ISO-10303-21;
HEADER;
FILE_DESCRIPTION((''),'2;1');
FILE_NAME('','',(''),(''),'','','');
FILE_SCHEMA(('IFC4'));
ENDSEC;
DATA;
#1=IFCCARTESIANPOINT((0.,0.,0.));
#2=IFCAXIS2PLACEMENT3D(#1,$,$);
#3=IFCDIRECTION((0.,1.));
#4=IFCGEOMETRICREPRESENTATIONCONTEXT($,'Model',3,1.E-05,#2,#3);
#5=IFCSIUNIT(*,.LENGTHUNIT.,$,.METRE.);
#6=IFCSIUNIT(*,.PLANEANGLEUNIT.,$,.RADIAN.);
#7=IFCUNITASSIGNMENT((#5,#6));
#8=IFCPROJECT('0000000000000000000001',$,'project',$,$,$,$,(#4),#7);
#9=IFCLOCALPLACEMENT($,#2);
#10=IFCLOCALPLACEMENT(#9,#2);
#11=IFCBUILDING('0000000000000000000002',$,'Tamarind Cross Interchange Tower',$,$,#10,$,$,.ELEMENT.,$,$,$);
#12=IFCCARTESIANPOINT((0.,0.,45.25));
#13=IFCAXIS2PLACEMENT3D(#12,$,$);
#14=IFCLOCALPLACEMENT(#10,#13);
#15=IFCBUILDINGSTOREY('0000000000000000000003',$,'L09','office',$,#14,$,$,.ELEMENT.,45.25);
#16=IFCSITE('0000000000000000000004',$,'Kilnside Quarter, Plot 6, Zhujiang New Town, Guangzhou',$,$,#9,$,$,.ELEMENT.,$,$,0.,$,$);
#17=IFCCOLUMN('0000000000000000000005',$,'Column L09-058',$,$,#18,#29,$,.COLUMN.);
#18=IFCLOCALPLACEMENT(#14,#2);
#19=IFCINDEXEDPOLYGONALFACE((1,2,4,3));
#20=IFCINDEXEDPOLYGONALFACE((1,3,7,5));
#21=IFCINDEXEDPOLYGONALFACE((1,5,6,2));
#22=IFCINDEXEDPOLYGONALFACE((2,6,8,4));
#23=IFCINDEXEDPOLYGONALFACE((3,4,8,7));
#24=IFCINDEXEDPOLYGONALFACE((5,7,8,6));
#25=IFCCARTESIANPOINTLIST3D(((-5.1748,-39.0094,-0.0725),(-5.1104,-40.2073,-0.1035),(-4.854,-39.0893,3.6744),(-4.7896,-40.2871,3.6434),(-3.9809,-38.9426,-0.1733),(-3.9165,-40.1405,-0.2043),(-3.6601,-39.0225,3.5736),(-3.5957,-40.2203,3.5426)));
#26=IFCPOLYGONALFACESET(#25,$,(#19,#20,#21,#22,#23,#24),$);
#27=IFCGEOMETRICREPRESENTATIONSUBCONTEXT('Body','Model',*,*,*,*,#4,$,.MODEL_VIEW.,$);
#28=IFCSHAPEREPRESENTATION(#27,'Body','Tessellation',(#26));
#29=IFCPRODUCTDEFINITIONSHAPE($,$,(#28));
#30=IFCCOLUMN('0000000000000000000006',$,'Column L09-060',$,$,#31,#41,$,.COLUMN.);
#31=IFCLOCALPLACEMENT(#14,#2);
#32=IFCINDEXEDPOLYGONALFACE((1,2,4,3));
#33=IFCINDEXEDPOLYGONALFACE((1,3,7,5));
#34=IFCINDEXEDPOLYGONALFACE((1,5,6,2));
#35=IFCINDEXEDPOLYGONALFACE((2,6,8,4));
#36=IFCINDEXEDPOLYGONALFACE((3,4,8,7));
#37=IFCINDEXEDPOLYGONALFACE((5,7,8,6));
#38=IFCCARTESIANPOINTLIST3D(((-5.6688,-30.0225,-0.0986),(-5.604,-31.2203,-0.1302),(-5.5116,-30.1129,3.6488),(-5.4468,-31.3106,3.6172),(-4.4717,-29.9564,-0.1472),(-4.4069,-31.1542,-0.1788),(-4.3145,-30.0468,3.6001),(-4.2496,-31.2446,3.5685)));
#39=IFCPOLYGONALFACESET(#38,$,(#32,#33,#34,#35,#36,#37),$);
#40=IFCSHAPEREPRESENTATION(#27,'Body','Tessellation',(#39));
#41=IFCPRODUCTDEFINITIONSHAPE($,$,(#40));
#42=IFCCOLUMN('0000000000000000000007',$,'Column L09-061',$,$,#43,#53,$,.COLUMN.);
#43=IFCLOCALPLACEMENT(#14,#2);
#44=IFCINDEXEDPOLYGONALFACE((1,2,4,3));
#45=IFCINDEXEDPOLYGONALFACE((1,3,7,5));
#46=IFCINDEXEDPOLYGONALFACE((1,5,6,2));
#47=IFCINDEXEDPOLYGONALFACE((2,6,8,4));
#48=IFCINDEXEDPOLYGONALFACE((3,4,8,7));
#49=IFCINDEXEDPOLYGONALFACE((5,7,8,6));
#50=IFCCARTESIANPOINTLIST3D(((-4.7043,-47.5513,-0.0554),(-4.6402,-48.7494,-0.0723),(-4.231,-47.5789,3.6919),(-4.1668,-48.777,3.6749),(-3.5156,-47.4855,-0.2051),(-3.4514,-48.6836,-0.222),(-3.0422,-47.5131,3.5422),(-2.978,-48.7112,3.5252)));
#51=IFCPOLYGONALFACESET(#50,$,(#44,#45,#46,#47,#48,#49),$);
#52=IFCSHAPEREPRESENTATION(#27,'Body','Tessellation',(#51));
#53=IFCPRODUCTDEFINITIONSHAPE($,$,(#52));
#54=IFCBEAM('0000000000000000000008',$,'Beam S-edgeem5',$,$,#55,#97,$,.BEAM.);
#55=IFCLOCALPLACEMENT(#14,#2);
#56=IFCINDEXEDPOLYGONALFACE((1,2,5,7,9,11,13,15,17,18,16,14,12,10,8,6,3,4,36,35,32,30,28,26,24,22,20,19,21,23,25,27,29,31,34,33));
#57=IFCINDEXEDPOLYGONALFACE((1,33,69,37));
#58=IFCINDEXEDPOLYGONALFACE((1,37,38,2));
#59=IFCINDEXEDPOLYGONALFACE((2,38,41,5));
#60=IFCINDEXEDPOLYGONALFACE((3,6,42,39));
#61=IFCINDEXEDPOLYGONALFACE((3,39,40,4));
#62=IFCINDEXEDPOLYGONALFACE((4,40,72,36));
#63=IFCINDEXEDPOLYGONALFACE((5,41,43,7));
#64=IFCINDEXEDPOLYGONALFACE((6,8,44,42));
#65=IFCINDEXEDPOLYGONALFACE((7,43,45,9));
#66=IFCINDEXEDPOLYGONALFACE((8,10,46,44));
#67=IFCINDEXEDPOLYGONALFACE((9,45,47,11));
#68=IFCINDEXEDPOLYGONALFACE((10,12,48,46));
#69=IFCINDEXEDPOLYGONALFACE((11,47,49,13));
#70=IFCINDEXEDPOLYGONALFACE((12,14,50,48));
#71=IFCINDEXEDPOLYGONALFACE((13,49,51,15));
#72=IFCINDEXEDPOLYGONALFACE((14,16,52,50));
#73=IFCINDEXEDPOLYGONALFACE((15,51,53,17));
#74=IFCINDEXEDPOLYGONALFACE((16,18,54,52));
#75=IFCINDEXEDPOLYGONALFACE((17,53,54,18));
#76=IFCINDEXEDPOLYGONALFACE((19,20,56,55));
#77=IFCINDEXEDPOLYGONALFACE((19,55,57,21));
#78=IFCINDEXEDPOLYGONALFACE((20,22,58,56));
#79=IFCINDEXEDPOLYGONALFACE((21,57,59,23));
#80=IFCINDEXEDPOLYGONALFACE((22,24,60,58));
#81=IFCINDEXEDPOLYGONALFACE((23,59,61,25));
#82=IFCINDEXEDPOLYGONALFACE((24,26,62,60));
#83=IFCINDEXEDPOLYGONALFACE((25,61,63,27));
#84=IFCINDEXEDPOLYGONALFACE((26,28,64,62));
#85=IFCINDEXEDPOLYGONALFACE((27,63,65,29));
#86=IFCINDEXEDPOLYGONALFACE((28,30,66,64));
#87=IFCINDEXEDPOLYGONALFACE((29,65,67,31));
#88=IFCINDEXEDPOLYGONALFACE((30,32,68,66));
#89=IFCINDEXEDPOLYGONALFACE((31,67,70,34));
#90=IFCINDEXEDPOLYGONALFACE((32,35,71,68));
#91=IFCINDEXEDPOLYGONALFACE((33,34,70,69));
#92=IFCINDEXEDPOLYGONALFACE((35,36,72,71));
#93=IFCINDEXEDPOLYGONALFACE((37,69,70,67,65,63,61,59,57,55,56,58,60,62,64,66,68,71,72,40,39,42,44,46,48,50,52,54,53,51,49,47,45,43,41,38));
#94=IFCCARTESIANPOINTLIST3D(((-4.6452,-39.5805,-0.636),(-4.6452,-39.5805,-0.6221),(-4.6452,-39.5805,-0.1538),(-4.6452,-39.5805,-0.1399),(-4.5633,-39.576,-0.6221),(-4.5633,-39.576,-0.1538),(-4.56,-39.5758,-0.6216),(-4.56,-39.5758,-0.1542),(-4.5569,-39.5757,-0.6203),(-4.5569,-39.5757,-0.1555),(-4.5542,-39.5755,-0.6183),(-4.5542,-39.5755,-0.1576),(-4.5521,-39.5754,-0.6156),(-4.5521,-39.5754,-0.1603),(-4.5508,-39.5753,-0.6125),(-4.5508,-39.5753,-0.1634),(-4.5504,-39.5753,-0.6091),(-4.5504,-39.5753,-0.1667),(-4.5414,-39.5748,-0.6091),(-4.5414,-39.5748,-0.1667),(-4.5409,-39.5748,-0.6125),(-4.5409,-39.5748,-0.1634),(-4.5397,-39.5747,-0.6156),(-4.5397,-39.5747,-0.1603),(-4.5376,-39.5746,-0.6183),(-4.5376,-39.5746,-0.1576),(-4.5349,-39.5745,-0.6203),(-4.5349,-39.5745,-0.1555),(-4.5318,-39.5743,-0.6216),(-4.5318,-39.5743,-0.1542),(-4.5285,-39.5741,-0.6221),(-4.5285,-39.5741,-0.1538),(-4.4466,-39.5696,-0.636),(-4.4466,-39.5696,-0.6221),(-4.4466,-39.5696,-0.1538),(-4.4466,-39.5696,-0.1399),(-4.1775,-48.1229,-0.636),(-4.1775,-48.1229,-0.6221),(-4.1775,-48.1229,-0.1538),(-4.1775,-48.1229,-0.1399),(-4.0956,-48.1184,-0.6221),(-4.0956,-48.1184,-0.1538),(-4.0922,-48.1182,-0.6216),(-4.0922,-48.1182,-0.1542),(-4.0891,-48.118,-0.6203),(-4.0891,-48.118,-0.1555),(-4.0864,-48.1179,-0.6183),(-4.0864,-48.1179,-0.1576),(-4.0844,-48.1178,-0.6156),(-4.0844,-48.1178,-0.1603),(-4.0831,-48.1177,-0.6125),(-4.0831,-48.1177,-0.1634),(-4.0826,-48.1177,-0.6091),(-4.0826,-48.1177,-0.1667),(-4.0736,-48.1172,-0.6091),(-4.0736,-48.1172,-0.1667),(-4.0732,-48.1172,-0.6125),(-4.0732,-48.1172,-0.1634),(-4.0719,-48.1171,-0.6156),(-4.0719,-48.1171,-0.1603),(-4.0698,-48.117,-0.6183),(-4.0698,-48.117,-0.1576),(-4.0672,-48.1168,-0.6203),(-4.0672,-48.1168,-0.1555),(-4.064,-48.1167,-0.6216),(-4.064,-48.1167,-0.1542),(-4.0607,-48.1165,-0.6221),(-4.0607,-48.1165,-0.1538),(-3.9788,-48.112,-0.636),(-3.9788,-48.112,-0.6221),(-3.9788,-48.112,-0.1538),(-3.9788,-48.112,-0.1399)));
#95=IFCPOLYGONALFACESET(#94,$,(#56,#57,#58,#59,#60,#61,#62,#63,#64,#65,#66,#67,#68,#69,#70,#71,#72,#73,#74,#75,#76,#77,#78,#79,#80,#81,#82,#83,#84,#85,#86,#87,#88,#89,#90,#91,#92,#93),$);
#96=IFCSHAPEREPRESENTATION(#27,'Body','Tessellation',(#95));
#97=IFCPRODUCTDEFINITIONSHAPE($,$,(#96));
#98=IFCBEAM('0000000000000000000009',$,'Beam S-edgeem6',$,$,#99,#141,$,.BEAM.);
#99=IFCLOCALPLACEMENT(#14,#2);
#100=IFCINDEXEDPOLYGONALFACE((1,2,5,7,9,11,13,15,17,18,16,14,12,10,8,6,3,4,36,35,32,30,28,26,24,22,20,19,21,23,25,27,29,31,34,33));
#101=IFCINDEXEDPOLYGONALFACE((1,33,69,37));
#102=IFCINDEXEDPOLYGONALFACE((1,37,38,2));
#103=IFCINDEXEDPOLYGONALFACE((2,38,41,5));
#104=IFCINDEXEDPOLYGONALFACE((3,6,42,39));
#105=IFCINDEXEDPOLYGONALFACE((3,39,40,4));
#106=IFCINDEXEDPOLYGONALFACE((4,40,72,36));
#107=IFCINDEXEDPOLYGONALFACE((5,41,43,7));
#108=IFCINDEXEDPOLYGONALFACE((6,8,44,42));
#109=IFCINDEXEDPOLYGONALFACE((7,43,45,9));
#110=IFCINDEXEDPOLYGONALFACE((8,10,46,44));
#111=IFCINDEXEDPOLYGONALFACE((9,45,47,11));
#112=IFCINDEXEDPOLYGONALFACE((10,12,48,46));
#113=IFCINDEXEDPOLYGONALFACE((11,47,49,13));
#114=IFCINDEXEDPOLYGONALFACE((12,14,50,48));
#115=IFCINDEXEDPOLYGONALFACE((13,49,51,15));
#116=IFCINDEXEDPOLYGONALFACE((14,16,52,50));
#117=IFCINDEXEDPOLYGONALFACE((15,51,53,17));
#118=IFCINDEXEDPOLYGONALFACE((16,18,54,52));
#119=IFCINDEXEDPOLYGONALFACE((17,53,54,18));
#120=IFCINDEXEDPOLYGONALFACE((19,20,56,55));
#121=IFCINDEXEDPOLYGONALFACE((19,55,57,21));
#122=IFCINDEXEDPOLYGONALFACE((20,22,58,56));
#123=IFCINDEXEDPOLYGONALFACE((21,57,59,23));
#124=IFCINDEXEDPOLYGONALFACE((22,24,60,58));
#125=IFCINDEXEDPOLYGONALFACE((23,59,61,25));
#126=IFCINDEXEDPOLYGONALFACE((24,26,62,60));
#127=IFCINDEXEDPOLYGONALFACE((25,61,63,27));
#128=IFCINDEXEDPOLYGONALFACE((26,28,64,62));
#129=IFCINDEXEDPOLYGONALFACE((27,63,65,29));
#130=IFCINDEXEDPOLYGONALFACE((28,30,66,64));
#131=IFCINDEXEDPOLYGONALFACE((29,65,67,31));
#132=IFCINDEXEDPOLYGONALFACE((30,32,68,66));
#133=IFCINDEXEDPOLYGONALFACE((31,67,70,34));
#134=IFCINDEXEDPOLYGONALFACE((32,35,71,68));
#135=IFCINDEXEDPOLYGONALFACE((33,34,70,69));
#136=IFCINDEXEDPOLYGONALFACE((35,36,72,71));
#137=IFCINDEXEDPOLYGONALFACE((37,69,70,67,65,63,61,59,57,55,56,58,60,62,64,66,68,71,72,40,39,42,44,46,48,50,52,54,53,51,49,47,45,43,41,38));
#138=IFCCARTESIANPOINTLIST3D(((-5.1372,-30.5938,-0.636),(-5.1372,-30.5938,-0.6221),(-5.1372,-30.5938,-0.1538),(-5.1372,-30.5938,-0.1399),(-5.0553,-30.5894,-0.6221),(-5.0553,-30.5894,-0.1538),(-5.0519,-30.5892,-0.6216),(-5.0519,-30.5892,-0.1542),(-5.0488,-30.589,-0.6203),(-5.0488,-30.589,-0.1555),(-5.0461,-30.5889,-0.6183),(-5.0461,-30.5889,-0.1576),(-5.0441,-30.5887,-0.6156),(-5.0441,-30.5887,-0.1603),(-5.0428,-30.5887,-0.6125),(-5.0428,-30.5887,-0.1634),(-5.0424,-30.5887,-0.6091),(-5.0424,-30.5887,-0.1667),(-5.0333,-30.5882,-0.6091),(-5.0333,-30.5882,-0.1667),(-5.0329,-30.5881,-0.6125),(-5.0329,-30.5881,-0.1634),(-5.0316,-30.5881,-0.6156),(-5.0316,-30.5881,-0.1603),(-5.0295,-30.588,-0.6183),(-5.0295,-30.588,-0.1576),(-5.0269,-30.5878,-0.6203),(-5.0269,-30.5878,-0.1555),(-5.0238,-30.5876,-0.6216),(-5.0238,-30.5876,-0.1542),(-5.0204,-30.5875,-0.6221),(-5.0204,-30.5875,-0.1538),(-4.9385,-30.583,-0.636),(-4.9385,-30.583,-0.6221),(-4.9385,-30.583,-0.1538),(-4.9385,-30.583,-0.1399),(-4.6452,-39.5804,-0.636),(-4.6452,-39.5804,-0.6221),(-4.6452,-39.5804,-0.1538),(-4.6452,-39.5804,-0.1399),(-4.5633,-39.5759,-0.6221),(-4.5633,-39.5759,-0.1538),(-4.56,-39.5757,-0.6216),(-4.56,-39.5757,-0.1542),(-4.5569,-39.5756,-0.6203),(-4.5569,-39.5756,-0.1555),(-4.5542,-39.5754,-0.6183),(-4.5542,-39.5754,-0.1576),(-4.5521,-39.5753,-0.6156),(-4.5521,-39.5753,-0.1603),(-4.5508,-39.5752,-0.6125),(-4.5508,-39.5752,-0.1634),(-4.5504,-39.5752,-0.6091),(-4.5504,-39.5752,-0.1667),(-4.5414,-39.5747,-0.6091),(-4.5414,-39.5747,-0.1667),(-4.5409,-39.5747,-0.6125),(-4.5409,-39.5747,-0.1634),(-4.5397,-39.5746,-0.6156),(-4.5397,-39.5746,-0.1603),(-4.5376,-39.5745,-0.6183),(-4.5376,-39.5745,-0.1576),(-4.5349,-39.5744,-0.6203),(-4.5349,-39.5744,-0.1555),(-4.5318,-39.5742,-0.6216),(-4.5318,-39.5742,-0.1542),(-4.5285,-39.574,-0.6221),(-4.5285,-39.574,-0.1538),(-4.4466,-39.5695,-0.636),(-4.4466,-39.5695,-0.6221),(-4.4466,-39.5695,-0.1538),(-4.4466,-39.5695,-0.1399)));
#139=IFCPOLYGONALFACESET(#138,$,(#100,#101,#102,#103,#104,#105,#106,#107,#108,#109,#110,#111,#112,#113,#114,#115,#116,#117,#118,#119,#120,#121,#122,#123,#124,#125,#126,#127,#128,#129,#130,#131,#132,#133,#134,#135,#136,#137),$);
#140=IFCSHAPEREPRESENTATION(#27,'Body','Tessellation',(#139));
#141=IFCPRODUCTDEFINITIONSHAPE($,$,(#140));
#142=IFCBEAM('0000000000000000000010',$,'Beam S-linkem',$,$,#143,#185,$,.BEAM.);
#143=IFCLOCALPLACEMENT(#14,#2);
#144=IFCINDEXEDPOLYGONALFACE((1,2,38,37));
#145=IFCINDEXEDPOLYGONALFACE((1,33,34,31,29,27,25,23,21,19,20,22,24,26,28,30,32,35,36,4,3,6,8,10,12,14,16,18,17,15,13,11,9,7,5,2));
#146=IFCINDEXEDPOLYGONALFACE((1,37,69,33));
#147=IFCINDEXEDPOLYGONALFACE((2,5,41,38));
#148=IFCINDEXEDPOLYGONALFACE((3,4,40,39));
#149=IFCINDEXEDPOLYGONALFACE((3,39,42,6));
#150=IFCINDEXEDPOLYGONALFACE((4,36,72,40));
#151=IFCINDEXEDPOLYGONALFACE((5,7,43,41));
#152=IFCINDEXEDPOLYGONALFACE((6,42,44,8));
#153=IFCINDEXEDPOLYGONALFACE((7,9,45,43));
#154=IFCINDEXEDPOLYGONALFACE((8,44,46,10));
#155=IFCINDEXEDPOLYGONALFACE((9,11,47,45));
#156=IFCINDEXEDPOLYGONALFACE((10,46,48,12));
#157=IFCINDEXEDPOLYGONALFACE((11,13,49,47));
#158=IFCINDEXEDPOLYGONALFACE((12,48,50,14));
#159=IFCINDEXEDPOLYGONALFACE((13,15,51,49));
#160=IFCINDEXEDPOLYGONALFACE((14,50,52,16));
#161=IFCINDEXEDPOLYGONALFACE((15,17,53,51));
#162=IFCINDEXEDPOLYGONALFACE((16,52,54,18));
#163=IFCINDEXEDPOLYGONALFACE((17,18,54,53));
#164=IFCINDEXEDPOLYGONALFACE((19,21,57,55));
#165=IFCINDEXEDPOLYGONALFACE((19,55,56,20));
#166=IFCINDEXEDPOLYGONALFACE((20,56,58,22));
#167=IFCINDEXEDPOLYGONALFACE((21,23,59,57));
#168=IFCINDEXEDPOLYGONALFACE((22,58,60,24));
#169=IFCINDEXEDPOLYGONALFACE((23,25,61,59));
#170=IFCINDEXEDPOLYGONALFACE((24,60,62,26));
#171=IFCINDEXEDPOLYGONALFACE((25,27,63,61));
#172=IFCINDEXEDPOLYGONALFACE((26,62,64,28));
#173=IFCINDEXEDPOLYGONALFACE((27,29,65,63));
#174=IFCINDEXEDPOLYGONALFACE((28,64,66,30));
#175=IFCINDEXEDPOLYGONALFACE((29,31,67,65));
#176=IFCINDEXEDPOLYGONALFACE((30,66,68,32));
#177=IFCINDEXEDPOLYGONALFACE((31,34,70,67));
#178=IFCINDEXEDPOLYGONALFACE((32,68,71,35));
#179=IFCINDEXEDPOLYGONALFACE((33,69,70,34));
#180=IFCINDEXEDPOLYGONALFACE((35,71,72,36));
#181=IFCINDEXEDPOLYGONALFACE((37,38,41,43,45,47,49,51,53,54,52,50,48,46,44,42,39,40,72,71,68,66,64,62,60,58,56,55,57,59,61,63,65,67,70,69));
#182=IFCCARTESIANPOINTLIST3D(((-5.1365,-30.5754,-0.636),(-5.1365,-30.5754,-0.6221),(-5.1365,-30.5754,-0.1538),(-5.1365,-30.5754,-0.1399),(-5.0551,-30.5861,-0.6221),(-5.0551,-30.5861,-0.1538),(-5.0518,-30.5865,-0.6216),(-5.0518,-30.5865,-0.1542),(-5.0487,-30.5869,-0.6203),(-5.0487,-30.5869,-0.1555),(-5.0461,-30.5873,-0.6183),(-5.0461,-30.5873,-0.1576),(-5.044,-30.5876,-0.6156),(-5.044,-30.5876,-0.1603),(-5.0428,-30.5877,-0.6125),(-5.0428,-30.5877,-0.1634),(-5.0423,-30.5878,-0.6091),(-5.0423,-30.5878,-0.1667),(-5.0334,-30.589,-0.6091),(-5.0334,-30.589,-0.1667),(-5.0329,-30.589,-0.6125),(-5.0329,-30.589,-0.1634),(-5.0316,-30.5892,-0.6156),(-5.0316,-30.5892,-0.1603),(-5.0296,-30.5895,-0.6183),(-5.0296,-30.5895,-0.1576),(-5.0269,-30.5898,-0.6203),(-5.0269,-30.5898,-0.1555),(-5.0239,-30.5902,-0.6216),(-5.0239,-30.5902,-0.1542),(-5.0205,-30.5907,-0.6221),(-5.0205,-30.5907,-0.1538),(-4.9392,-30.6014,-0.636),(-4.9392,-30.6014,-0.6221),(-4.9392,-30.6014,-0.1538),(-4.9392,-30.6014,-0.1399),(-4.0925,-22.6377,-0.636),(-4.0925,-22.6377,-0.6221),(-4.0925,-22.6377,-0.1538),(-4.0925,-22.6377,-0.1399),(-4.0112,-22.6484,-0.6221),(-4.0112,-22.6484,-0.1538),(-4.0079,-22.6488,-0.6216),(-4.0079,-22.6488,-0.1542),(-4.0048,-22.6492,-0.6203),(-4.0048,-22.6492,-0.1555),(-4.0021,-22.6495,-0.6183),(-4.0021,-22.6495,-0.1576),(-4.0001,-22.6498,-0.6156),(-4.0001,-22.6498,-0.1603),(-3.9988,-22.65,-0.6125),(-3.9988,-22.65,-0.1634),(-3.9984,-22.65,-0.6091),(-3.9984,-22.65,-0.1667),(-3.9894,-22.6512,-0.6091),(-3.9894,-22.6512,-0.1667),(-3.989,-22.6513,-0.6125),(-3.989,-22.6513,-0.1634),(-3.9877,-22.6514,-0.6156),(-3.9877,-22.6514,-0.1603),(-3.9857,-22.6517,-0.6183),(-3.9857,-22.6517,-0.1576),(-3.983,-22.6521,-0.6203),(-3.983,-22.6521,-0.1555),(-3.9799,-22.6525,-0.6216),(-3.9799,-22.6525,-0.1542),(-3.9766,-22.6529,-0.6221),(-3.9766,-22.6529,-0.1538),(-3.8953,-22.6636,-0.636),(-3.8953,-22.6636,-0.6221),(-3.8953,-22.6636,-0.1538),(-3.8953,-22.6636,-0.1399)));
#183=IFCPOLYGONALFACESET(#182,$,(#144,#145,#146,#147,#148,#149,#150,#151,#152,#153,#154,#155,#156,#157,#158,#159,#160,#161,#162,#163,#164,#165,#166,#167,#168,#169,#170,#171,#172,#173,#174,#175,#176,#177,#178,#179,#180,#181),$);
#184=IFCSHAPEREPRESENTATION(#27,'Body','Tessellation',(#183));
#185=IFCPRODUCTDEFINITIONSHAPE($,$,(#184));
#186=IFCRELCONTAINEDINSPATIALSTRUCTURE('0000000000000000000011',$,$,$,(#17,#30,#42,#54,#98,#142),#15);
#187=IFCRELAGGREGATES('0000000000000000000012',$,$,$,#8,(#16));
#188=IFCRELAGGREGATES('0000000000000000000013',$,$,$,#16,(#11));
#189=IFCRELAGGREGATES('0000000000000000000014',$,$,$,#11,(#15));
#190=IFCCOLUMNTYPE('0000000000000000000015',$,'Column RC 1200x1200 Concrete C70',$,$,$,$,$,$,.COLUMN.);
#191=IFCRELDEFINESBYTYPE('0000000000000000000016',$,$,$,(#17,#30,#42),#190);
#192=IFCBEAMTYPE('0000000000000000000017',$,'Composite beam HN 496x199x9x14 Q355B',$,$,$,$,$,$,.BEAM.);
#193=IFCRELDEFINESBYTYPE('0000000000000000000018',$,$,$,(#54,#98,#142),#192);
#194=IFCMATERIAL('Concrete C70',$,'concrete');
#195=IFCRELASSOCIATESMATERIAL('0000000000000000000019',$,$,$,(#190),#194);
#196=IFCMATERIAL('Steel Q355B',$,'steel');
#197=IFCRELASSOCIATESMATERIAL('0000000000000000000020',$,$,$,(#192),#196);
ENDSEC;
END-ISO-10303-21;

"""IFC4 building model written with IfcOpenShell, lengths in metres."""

from ifc_helpers import new_model, si_unit, direction, frame, origin, origin_2d, place, context, subcontext, project, spatial, rectangle, i_section, extrude, material, material_profile, profile_set, type_object, element, save


model = new_model("IFC4")

# Units and contexts
model_context = context("Model", 3, precision=1e-05, world=origin(), true_north=direction((0.0, 1.0)))
body_context = subcontext(model_context, "Body", "Model", "MODEL_VIEW")
ifc_project = project(units=[si_unit("LENGTHUNIT", "METRE"), si_unit("PLANEANGLEUNIT", "RADIAN")], contexts=[model_context])

# Site, building, storey
site_placement = place(None, origin())
site = spatial("IfcSite", under=ifc_project, at=site_placement, Name="Kilnside Quarter, Plot 6, Zhujiang New Town, Guangzhou", CompositionType="ELEMENT", RefElevation=0.0)
building_placement = place(site_placement, origin())
building = spatial("IfcBuilding", under=site, at=building_placement, Name="Tamarind Cross Interchange Tower", CompositionType="ELEMENT")
storey_placement = place(building_placement, frame((0.0, 0.0, 45.25)))
storey = spatial("IfcBuildingStorey", under=building, at=storey_placement, Name="L09", Description="office", CompositionType="ELEMENT", Elevation=45.25)

# Columns
ifc_material_1 = material(Name="Concrete C70", Category="concrete")
ifc_material_profile_1 = material_profile(ifc_material_1, rectangle(XDim=1.2, YDim=1.2, at=origin_2d()), Name="RC 1200x1200")
ifc_profile_set_1 = profile_set([ifc_material_profile_1], Name="Concrete C70")
column_type = type_object("IfcColumnType", Name="Column RC 1200x1200 Concrete C70", PredefinedType="COLUMN", material=ifc_profile_set_1)
column_1_placement = place(storey_placement, frame((-4.5457, -39.575, -0.1384), z_axis=(0.085288, -0.021225, 0.99613), x_axis=(-0.05366, 0.998224, 0.025864)))
element("IfcColumn", 1, at=column_1_placement, inside=storey, type_object=column_type, Name="Column L09-058", PredefinedType="COLUMN", context=body_context, shape_type="SweptSolid", body=[
    extrude(rectangle(XDim=1.2, YDim=1.2, at=origin_2d()), origin(), (0.0, 0.0, 1.0), 3.7615),
])
column_2_placement = place(storey_placement, frame((-5.0378, -30.5884, -0.1387), z_axis=(0.041908, -0.024078, 0.998831), x_axis=(-0.054036, 0.998192, 0.026329)))
element("IfcColumn", 2, at=column_2_placement, inside=storey, type_object=column_type, Name="Column L09-060", PredefinedType="COLUMN", context=body_context, shape_type="SweptSolid", body=[
    extrude(rectangle(XDim=1.2, YDim=1.2, at=origin_2d()), origin(), (0.0, 0.0, 1.0), 3.7517),
])
column_3_placement = place(storey_placement, frame((-4.0779, -48.1174, -0.1387), z_axis=(0.125328, -0.007304, 0.992088), x_axis=(-0.053476, 0.998469, 0.014106)))
element("IfcColumn", 3, at=column_3_placement, inside=storey, type_object=column_type, Name="Column L09-061", PredefinedType="COLUMN", context=body_context, shape_type="SweptSolid", body=[
    extrude(rectangle(XDim=1.2, YDim=1.2, at=origin_2d()), origin(), (0.0, 0.0, 1.0), 3.7771),
])

# Beams
ifc_material_2 = material(Name="Steel Q355B", Category="steel")
ifc_material_profile_2 = material_profile(ifc_material_2, i_section(OverallWidth=0.199, OverallDepth=0.4961, WebThickness=0.009, FlangeThickness=0.0139, FilletRadius=0.0129, at=origin_2d()), Name="HN 496x199x9x14")
ifc_profile_set_2 = profile_set([ifc_material_profile_2], Name="Steel Q355B")
beam_type_1 = type_object("IfcBeamType", Name="Composite beam HN 496x199x9x14 Q355B", PredefinedType="BEAM", material=ifc_profile_set_2)
beam_1_placement = place(storey_placement, frame((-4.0781, -48.1174, -0.3879), z_axis=(-0.054677, 0.998504, 0.0), x_axis=(-0.998504, -0.054677, 0.0)))
element("IfcBeam", 4, at=beam_1_placement, inside=storey, type_object=beam_type_1, Name="Beam S-edgeem5", PredefinedType="BEAM", context=body_context, shape_type="SweptSolid", body=[
    extrude(i_section(OverallWidth=0.199, OverallDepth=0.4961, WebThickness=0.009, FlangeThickness=0.0139, FilletRadius=0.0129, at=origin_2d()), origin(), (0.0, 0.0, 1.0), 8.5552),
])
beam_2_placement = place(storey_placement, frame((-4.5459, -39.575, -0.3879), z_axis=(-0.05466, 0.998505, 0.0), x_axis=(-0.998505, -0.05466, 0.0)))
element("IfcBeam", 5, at=beam_2_placement, inside=storey, type_object=beam_type_1, Name="Beam S-edgeem6", PredefinedType="BEAM", context=body_context, shape_type="SweptSolid", body=[
    extrude(i_section(OverallWidth=0.199, OverallDepth=0.4961, WebThickness=0.009, FlangeThickness=0.0139, FilletRadius=0.0129, at=origin_2d()), origin(), (0.0, 0.0, 1.0), 9.0),
])
beam_3_placement = place(storey_placement, frame((-5.0378, -30.5884, -0.3879), z_axis=(0.130394, 0.991462, 0.0), x_axis=(-0.991462, 0.130394, 0.0)))
element("IfcBeam", 6, at=beam_3_placement, inside=storey, type_object=beam_type_1, Name="Beam S-linkem", PredefinedType="BEAM", context=body_context, shape_type="SweptSolid", body=[
    extrude(i_section(OverallWidth=0.199, OverallDepth=0.4961, WebThickness=0.009, FlangeThickness=0.0139, FilletRadius=0.0129, at=origin_2d()), origin(), (0.0, 0.0, 1.0), 8.0061),
])

save(model, "model.ifc")
